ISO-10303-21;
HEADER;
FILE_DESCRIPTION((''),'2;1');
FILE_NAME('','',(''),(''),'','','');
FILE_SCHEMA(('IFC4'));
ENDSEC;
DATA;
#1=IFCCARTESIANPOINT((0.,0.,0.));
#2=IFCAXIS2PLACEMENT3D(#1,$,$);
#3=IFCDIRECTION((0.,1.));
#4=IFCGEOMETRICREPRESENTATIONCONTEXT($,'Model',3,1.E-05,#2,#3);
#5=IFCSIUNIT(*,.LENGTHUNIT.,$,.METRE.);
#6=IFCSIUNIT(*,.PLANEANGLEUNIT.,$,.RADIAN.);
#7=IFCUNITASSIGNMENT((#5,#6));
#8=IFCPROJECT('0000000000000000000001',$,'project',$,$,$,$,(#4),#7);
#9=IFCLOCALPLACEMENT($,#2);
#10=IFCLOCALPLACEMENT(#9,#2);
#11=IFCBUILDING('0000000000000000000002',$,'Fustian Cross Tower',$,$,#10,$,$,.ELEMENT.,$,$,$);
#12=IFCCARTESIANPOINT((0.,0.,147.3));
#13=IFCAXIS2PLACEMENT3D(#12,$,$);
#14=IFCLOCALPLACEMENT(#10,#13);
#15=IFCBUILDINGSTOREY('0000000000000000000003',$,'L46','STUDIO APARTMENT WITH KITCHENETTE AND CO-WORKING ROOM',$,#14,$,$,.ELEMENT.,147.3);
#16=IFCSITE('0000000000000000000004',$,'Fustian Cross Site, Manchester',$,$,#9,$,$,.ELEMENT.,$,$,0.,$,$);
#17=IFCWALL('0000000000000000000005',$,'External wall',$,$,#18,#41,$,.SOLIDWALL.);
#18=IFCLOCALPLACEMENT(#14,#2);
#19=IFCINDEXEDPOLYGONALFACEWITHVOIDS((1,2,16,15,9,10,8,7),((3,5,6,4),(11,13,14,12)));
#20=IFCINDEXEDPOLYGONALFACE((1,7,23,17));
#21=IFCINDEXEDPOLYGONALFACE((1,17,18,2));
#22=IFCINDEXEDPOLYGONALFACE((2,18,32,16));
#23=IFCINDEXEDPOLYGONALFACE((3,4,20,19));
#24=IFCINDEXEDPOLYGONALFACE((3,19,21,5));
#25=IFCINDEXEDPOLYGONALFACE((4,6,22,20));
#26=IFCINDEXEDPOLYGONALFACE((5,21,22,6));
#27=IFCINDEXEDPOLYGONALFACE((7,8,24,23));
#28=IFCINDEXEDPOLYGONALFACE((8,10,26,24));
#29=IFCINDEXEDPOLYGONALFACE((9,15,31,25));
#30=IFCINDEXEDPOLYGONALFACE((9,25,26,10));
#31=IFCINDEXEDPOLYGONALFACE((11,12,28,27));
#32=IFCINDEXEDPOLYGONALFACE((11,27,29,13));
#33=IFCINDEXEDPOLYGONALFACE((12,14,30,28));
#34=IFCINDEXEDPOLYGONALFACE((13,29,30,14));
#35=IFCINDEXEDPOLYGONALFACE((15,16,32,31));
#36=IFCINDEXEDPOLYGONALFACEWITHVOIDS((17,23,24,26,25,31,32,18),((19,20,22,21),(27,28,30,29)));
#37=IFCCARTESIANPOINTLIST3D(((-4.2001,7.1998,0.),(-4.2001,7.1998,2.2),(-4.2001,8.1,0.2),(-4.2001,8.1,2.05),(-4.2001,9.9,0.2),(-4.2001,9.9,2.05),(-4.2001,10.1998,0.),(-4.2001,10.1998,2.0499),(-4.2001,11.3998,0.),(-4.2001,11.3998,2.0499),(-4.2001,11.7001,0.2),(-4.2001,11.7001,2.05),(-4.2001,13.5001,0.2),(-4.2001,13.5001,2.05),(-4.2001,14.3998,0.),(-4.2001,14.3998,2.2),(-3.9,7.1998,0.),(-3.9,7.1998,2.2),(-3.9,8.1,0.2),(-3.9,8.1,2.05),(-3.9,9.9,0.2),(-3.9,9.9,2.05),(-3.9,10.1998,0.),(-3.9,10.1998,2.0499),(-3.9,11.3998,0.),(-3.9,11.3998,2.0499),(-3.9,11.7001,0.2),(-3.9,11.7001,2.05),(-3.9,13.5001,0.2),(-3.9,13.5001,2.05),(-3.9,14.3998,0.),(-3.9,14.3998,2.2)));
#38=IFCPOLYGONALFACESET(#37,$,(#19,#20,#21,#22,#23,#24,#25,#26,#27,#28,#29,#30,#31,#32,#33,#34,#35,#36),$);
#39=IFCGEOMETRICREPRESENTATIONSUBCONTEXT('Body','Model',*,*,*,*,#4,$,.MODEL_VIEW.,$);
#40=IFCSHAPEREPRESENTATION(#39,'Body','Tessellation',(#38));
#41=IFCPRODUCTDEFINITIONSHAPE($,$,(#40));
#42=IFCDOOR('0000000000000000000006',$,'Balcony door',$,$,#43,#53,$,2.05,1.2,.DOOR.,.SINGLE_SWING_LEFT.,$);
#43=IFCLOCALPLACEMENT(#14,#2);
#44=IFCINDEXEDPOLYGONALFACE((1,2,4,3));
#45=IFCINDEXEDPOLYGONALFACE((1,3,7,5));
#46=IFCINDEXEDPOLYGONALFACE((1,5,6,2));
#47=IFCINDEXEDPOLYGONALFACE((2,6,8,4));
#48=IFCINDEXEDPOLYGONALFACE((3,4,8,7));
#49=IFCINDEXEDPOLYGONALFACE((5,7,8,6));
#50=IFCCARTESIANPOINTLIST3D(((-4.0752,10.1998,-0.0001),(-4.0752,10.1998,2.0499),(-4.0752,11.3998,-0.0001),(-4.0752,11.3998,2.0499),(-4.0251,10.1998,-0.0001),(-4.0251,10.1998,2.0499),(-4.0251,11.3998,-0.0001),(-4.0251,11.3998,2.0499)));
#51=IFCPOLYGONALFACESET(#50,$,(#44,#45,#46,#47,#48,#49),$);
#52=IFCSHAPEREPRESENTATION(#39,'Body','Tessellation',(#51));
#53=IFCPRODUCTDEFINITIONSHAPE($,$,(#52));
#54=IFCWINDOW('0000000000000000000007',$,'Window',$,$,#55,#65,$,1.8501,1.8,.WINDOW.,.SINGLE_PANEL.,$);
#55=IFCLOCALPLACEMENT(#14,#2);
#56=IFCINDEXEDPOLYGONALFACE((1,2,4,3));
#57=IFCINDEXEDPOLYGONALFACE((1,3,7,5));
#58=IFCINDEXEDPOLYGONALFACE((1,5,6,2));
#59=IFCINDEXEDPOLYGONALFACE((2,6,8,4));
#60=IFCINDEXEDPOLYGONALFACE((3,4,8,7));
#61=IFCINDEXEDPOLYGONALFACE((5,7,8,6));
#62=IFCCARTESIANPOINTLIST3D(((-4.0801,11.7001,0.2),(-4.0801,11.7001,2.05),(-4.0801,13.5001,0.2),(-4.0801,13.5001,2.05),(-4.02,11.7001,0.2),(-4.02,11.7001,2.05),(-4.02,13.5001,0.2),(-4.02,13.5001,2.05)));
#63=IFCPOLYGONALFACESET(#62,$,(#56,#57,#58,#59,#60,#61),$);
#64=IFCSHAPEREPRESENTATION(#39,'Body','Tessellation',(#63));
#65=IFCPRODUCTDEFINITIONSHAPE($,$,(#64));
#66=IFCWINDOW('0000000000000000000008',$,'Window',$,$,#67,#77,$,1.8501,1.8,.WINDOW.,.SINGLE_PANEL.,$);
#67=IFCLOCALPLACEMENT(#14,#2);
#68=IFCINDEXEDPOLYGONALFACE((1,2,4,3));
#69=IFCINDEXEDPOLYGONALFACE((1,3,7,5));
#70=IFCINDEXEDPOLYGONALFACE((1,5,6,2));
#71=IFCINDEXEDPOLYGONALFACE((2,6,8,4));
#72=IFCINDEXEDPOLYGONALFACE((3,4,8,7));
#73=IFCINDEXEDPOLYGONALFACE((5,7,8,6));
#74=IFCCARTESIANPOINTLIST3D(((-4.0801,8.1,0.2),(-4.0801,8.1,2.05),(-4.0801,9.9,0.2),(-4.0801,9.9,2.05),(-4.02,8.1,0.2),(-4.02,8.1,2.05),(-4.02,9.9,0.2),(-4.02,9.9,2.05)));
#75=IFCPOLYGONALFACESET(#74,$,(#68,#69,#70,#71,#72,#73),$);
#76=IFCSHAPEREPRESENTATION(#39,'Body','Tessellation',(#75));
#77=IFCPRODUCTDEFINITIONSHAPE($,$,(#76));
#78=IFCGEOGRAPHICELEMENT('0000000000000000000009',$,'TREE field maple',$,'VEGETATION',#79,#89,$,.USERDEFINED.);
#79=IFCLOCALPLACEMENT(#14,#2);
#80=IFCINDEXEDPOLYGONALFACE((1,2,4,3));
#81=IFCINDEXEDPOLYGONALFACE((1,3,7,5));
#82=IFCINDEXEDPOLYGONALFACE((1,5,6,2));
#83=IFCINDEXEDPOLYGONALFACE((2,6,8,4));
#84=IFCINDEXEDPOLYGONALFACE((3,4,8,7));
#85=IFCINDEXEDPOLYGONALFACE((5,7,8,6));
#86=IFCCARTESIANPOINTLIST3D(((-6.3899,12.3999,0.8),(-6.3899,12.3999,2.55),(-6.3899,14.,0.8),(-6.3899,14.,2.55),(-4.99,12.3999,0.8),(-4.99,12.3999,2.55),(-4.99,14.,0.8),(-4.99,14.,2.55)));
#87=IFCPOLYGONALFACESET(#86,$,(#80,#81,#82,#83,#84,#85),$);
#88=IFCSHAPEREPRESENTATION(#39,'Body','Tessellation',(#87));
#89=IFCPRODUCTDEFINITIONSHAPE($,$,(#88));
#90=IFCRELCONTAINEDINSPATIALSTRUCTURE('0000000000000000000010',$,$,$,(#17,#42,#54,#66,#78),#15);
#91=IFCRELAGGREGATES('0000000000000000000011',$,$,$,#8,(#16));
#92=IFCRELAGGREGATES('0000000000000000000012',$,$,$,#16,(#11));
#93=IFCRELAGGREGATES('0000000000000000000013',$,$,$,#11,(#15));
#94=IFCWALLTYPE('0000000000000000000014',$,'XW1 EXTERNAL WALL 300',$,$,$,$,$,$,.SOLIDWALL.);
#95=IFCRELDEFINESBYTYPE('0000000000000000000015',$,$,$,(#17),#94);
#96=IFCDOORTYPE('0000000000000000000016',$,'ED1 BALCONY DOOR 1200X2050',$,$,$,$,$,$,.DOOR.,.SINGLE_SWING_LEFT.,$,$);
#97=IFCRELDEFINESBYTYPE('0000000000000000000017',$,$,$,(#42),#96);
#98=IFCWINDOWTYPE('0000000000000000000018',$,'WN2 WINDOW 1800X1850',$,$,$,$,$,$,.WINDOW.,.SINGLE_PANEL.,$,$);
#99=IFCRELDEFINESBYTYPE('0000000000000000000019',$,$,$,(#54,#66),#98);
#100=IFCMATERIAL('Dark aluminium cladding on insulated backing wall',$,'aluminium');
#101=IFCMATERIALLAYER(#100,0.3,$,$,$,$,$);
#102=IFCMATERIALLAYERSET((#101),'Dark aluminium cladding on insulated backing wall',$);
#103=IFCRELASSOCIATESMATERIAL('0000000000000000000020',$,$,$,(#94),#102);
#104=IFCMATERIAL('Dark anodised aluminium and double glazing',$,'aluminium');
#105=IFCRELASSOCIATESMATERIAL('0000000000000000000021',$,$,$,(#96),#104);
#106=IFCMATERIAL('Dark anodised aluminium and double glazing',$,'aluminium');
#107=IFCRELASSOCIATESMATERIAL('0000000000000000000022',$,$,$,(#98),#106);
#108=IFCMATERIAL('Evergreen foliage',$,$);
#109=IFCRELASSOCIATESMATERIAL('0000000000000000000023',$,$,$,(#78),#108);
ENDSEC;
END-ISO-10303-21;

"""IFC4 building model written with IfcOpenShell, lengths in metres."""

from ifc_helpers import new_model, si_unit, direction, frame, frame_2d, origin, origin_2d, place, context, subcontext, project, spatial, rectangle, extrude, material, layer, layer_set, type_object, element, fill, save


model = new_model("IFC4")

# Units and contexts
model_context = context("Model", 3, precision=1e-05, world=origin(), true_north=direction((0.0, 1.0)))
body_context = subcontext(model_context, "Body", "Model", "MODEL_VIEW")
ifc_project = project(units=[si_unit("LENGTHUNIT", "METRE"), si_unit("PLANEANGLEUNIT", "RADIAN")], contexts=[model_context])

# Site, building, storey
site_placement = place(None, origin())
site = spatial("IfcSite", under=ifc_project, at=site_placement, Name="Fustian Cross Site, Manchester", CompositionType="ELEMENT", RefElevation=0.0)
building_placement = place(site_placement, origin())
building = spatial("IfcBuilding", under=site, at=building_placement, Name="Fustian Cross Tower", CompositionType="ELEMENT")
storey_placement = place(building_placement, frame((0.0, 0.0, 147.3)))
storey = spatial("IfcBuildingStorey", under=building, at=storey_placement, Name="L46", Description="STUDIO APARTMENT WITH KITCHENETTE AND CO-WORKING ROOM", CompositionType="ELEMENT", Elevation=147.3)

# Shared definitions
ifc_material_1 = material(Name="Dark aluminium cladding on insulated backing wall", Category="aluminium")
ifc_layer_1 = layer(ifc_material_1, 0.3)
ifc_layer_set_1 = layer_set([ifc_layer_1], Name="Dark aluminium cladding on insulated backing wall")
wall_type_1 = type_object("IfcWallType", Name="XW1 EXTERNAL WALL 300", PredefinedType="SOLIDWALL", material=ifc_layer_set_1)

# Wall, openings, door, windows
wall_1_placement = place(storey_placement, frame((-4.05, 14.3999, 0.0), z_axis=(0.0, 0.0, 1.0), x_axis=(0.0, -1.0, 0.0)))
wall_1 = element("IfcWall", 1, at=wall_1_placement, inside=storey, type_object=wall_type_1, Name="External wall", PredefinedType="SOLIDWALL", context=body_context, shape_type="SweptSolid", body=[
    extrude(rectangle(XDim=7.2, YDim=0.3, at=frame_2d((3.6001, 0.0))), origin(), (0.0, 0.0, 1.0), 2.2),
])
opening_1_placement = place(wall_1_placement, frame((3.0, 0.0, 0.0)))
opening_1 = element("IfcOpeningElement", 2, at=opening_1_placement, cuts=wall_1, PredefinedType="OPENING", context=body_context, shape_type="SweptSolid", body=[
    extrude(rectangle(XDim=1.2, YDim=2.05, at=frame_2d((0.6001, 1.0249))), frame((0.0, 0.1599, 0.0), z_axis=(0.0, -1.0, 0.0), x_axis=(1.0, 0.0, 0.0)), (0.0, 0.0, 1.0), 0.3201),
])
opening_2_placement = place(wall_1_placement, frame((0.8999, 0.0, 0.2)))
opening_2 = element("IfcOpeningElement", 3, at=opening_2_placement, cuts=wall_1, PredefinedType="OPENING", context=body_context, shape_type="SweptSolid", body=[
    extrude(rectangle(XDim=1.8, YDim=1.8501, at=frame_2d((0.8999, 0.925))), frame((0.0, 0.1599, 0.0), z_axis=(0.0, -1.0, 0.0), x_axis=(1.0, 0.0, 0.0)), (0.0, 0.0, 1.0), 0.3201),
])
opening_3_placement = place(wall_1_placement, frame((4.5, 0.0, 0.2)))
opening_3 = element("IfcOpeningElement", 4, at=opening_3_placement, cuts=wall_1, PredefinedType="OPENING", context=body_context, shape_type="SweptSolid", body=[
    extrude(rectangle(XDim=1.8, YDim=1.8501, at=frame_2d((0.8999, 0.925))), frame((0.0, 0.1599, 0.0), z_axis=(0.0, -1.0, 0.0), x_axis=(1.0, 0.0, 0.0)), (0.0, 0.0, 1.0), 0.3201),
])
ifc_material_2 = material(Name="Dark anodised aluminium and double glazing", Category="aluminium")
door_type_1 = type_object("IfcDoorType", Name="ED1 BALCONY DOOR 1200X2050", OperationType="SINGLE_SWING_LEFT", PredefinedType="DOOR", material=ifc_material_2)
door_1_placement = place(opening_1_placement, origin())
door_1 = element("IfcDoor", 5, at=door_1_placement, inside=storey, type_object=door_type_1, Name="Balcony door", OperationType="SINGLE_SWING_LEFT", OverallHeight=2.05, OverallWidth=1.2, PredefinedType="DOOR", context=body_context, shape_type="SweptSolid", body=[
    extrude(rectangle(XDim=1.2, YDim=2.05, at=frame_2d((0.6001, 1.0249))), frame((0.0, 0.0249, 0.0), z_axis=(0.0, -1.0, 0.0), x_axis=(1.0, 0.0, 0.0)), (0.0, 0.0, 1.0), 0.05),
])
fill(opening_1, door_1)
ifc_material_3 = material(Name="Dark anodised aluminium and double glazing", Category="aluminium")
window_type_1 = type_object("IfcWindowType", Name="WN2 WINDOW 1800X1850", PartitioningType="SINGLE_PANEL", PredefinedType="WINDOW", material=ifc_material_3)
window_1_placement = place(opening_2_placement, origin())
window_1 = element("IfcWindow", 6, at=window_1_placement, inside=storey, type_object=window_type_1, Name="Window", OverallHeight=1.8501, OverallWidth=1.8, PartitioningType="SINGLE_PANEL", PredefinedType="WINDOW", context=body_context, shape_type="SweptSolid", body=[
    extrude(rectangle(XDim=1.8, YDim=1.8501, at=frame_2d((0.8999, 0.925))), frame((0.0, 0.03, 0.0), z_axis=(0.0, -1.0, 0.0), x_axis=(1.0, 0.0, 0.0)), (0.0, 0.0, 1.0), 0.0601),
])
fill(opening_2, window_1)
window_2_placement = place(opening_3_placement, origin())
window_2 = element("IfcWindow", 7, at=window_2_placement, inside=storey, type_object=window_type_1, Name="Window", OverallHeight=1.8501, OverallWidth=1.8, PartitioningType="SINGLE_PANEL", PredefinedType="WINDOW", context=body_context, shape_type="SweptSolid", body=[
    extrude(rectangle(XDim=1.8, YDim=1.8501, at=frame_2d((0.8999, 0.925))), frame((0.0, 0.03, 0.0), z_axis=(0.0, -1.0, 0.0), x_axis=(1.0, 0.0, 0.0)), (0.0, 0.0, 1.0), 0.0601),
])
fill(opening_3, window_2)

# Geographic element
ifc_material_4 = material(Name="Evergreen foliage")
geographic_element_placement = place(storey_placement, frame((-5.6899, 13.2, 0.8), z_axis=(0.0, 0.0, 1.0), x_axis=(1.0, 0.0, 0.0)))
element("IfcGeographicElement", 8, at=geographic_element_placement, inside=storey, material=ifc_material_4, Name="TREE field maple", ObjectType="VEGETATION", PredefinedType="USERDEFINED", context=body_context, shape_type="SweptSolid", body=[
    extrude(rectangle(XDim=1.3999, YDim=1.6001, at=origin_2d()), origin(), (0.0, 0.0, 1.0), 1.75),
])

save(model, "model.ifc")
